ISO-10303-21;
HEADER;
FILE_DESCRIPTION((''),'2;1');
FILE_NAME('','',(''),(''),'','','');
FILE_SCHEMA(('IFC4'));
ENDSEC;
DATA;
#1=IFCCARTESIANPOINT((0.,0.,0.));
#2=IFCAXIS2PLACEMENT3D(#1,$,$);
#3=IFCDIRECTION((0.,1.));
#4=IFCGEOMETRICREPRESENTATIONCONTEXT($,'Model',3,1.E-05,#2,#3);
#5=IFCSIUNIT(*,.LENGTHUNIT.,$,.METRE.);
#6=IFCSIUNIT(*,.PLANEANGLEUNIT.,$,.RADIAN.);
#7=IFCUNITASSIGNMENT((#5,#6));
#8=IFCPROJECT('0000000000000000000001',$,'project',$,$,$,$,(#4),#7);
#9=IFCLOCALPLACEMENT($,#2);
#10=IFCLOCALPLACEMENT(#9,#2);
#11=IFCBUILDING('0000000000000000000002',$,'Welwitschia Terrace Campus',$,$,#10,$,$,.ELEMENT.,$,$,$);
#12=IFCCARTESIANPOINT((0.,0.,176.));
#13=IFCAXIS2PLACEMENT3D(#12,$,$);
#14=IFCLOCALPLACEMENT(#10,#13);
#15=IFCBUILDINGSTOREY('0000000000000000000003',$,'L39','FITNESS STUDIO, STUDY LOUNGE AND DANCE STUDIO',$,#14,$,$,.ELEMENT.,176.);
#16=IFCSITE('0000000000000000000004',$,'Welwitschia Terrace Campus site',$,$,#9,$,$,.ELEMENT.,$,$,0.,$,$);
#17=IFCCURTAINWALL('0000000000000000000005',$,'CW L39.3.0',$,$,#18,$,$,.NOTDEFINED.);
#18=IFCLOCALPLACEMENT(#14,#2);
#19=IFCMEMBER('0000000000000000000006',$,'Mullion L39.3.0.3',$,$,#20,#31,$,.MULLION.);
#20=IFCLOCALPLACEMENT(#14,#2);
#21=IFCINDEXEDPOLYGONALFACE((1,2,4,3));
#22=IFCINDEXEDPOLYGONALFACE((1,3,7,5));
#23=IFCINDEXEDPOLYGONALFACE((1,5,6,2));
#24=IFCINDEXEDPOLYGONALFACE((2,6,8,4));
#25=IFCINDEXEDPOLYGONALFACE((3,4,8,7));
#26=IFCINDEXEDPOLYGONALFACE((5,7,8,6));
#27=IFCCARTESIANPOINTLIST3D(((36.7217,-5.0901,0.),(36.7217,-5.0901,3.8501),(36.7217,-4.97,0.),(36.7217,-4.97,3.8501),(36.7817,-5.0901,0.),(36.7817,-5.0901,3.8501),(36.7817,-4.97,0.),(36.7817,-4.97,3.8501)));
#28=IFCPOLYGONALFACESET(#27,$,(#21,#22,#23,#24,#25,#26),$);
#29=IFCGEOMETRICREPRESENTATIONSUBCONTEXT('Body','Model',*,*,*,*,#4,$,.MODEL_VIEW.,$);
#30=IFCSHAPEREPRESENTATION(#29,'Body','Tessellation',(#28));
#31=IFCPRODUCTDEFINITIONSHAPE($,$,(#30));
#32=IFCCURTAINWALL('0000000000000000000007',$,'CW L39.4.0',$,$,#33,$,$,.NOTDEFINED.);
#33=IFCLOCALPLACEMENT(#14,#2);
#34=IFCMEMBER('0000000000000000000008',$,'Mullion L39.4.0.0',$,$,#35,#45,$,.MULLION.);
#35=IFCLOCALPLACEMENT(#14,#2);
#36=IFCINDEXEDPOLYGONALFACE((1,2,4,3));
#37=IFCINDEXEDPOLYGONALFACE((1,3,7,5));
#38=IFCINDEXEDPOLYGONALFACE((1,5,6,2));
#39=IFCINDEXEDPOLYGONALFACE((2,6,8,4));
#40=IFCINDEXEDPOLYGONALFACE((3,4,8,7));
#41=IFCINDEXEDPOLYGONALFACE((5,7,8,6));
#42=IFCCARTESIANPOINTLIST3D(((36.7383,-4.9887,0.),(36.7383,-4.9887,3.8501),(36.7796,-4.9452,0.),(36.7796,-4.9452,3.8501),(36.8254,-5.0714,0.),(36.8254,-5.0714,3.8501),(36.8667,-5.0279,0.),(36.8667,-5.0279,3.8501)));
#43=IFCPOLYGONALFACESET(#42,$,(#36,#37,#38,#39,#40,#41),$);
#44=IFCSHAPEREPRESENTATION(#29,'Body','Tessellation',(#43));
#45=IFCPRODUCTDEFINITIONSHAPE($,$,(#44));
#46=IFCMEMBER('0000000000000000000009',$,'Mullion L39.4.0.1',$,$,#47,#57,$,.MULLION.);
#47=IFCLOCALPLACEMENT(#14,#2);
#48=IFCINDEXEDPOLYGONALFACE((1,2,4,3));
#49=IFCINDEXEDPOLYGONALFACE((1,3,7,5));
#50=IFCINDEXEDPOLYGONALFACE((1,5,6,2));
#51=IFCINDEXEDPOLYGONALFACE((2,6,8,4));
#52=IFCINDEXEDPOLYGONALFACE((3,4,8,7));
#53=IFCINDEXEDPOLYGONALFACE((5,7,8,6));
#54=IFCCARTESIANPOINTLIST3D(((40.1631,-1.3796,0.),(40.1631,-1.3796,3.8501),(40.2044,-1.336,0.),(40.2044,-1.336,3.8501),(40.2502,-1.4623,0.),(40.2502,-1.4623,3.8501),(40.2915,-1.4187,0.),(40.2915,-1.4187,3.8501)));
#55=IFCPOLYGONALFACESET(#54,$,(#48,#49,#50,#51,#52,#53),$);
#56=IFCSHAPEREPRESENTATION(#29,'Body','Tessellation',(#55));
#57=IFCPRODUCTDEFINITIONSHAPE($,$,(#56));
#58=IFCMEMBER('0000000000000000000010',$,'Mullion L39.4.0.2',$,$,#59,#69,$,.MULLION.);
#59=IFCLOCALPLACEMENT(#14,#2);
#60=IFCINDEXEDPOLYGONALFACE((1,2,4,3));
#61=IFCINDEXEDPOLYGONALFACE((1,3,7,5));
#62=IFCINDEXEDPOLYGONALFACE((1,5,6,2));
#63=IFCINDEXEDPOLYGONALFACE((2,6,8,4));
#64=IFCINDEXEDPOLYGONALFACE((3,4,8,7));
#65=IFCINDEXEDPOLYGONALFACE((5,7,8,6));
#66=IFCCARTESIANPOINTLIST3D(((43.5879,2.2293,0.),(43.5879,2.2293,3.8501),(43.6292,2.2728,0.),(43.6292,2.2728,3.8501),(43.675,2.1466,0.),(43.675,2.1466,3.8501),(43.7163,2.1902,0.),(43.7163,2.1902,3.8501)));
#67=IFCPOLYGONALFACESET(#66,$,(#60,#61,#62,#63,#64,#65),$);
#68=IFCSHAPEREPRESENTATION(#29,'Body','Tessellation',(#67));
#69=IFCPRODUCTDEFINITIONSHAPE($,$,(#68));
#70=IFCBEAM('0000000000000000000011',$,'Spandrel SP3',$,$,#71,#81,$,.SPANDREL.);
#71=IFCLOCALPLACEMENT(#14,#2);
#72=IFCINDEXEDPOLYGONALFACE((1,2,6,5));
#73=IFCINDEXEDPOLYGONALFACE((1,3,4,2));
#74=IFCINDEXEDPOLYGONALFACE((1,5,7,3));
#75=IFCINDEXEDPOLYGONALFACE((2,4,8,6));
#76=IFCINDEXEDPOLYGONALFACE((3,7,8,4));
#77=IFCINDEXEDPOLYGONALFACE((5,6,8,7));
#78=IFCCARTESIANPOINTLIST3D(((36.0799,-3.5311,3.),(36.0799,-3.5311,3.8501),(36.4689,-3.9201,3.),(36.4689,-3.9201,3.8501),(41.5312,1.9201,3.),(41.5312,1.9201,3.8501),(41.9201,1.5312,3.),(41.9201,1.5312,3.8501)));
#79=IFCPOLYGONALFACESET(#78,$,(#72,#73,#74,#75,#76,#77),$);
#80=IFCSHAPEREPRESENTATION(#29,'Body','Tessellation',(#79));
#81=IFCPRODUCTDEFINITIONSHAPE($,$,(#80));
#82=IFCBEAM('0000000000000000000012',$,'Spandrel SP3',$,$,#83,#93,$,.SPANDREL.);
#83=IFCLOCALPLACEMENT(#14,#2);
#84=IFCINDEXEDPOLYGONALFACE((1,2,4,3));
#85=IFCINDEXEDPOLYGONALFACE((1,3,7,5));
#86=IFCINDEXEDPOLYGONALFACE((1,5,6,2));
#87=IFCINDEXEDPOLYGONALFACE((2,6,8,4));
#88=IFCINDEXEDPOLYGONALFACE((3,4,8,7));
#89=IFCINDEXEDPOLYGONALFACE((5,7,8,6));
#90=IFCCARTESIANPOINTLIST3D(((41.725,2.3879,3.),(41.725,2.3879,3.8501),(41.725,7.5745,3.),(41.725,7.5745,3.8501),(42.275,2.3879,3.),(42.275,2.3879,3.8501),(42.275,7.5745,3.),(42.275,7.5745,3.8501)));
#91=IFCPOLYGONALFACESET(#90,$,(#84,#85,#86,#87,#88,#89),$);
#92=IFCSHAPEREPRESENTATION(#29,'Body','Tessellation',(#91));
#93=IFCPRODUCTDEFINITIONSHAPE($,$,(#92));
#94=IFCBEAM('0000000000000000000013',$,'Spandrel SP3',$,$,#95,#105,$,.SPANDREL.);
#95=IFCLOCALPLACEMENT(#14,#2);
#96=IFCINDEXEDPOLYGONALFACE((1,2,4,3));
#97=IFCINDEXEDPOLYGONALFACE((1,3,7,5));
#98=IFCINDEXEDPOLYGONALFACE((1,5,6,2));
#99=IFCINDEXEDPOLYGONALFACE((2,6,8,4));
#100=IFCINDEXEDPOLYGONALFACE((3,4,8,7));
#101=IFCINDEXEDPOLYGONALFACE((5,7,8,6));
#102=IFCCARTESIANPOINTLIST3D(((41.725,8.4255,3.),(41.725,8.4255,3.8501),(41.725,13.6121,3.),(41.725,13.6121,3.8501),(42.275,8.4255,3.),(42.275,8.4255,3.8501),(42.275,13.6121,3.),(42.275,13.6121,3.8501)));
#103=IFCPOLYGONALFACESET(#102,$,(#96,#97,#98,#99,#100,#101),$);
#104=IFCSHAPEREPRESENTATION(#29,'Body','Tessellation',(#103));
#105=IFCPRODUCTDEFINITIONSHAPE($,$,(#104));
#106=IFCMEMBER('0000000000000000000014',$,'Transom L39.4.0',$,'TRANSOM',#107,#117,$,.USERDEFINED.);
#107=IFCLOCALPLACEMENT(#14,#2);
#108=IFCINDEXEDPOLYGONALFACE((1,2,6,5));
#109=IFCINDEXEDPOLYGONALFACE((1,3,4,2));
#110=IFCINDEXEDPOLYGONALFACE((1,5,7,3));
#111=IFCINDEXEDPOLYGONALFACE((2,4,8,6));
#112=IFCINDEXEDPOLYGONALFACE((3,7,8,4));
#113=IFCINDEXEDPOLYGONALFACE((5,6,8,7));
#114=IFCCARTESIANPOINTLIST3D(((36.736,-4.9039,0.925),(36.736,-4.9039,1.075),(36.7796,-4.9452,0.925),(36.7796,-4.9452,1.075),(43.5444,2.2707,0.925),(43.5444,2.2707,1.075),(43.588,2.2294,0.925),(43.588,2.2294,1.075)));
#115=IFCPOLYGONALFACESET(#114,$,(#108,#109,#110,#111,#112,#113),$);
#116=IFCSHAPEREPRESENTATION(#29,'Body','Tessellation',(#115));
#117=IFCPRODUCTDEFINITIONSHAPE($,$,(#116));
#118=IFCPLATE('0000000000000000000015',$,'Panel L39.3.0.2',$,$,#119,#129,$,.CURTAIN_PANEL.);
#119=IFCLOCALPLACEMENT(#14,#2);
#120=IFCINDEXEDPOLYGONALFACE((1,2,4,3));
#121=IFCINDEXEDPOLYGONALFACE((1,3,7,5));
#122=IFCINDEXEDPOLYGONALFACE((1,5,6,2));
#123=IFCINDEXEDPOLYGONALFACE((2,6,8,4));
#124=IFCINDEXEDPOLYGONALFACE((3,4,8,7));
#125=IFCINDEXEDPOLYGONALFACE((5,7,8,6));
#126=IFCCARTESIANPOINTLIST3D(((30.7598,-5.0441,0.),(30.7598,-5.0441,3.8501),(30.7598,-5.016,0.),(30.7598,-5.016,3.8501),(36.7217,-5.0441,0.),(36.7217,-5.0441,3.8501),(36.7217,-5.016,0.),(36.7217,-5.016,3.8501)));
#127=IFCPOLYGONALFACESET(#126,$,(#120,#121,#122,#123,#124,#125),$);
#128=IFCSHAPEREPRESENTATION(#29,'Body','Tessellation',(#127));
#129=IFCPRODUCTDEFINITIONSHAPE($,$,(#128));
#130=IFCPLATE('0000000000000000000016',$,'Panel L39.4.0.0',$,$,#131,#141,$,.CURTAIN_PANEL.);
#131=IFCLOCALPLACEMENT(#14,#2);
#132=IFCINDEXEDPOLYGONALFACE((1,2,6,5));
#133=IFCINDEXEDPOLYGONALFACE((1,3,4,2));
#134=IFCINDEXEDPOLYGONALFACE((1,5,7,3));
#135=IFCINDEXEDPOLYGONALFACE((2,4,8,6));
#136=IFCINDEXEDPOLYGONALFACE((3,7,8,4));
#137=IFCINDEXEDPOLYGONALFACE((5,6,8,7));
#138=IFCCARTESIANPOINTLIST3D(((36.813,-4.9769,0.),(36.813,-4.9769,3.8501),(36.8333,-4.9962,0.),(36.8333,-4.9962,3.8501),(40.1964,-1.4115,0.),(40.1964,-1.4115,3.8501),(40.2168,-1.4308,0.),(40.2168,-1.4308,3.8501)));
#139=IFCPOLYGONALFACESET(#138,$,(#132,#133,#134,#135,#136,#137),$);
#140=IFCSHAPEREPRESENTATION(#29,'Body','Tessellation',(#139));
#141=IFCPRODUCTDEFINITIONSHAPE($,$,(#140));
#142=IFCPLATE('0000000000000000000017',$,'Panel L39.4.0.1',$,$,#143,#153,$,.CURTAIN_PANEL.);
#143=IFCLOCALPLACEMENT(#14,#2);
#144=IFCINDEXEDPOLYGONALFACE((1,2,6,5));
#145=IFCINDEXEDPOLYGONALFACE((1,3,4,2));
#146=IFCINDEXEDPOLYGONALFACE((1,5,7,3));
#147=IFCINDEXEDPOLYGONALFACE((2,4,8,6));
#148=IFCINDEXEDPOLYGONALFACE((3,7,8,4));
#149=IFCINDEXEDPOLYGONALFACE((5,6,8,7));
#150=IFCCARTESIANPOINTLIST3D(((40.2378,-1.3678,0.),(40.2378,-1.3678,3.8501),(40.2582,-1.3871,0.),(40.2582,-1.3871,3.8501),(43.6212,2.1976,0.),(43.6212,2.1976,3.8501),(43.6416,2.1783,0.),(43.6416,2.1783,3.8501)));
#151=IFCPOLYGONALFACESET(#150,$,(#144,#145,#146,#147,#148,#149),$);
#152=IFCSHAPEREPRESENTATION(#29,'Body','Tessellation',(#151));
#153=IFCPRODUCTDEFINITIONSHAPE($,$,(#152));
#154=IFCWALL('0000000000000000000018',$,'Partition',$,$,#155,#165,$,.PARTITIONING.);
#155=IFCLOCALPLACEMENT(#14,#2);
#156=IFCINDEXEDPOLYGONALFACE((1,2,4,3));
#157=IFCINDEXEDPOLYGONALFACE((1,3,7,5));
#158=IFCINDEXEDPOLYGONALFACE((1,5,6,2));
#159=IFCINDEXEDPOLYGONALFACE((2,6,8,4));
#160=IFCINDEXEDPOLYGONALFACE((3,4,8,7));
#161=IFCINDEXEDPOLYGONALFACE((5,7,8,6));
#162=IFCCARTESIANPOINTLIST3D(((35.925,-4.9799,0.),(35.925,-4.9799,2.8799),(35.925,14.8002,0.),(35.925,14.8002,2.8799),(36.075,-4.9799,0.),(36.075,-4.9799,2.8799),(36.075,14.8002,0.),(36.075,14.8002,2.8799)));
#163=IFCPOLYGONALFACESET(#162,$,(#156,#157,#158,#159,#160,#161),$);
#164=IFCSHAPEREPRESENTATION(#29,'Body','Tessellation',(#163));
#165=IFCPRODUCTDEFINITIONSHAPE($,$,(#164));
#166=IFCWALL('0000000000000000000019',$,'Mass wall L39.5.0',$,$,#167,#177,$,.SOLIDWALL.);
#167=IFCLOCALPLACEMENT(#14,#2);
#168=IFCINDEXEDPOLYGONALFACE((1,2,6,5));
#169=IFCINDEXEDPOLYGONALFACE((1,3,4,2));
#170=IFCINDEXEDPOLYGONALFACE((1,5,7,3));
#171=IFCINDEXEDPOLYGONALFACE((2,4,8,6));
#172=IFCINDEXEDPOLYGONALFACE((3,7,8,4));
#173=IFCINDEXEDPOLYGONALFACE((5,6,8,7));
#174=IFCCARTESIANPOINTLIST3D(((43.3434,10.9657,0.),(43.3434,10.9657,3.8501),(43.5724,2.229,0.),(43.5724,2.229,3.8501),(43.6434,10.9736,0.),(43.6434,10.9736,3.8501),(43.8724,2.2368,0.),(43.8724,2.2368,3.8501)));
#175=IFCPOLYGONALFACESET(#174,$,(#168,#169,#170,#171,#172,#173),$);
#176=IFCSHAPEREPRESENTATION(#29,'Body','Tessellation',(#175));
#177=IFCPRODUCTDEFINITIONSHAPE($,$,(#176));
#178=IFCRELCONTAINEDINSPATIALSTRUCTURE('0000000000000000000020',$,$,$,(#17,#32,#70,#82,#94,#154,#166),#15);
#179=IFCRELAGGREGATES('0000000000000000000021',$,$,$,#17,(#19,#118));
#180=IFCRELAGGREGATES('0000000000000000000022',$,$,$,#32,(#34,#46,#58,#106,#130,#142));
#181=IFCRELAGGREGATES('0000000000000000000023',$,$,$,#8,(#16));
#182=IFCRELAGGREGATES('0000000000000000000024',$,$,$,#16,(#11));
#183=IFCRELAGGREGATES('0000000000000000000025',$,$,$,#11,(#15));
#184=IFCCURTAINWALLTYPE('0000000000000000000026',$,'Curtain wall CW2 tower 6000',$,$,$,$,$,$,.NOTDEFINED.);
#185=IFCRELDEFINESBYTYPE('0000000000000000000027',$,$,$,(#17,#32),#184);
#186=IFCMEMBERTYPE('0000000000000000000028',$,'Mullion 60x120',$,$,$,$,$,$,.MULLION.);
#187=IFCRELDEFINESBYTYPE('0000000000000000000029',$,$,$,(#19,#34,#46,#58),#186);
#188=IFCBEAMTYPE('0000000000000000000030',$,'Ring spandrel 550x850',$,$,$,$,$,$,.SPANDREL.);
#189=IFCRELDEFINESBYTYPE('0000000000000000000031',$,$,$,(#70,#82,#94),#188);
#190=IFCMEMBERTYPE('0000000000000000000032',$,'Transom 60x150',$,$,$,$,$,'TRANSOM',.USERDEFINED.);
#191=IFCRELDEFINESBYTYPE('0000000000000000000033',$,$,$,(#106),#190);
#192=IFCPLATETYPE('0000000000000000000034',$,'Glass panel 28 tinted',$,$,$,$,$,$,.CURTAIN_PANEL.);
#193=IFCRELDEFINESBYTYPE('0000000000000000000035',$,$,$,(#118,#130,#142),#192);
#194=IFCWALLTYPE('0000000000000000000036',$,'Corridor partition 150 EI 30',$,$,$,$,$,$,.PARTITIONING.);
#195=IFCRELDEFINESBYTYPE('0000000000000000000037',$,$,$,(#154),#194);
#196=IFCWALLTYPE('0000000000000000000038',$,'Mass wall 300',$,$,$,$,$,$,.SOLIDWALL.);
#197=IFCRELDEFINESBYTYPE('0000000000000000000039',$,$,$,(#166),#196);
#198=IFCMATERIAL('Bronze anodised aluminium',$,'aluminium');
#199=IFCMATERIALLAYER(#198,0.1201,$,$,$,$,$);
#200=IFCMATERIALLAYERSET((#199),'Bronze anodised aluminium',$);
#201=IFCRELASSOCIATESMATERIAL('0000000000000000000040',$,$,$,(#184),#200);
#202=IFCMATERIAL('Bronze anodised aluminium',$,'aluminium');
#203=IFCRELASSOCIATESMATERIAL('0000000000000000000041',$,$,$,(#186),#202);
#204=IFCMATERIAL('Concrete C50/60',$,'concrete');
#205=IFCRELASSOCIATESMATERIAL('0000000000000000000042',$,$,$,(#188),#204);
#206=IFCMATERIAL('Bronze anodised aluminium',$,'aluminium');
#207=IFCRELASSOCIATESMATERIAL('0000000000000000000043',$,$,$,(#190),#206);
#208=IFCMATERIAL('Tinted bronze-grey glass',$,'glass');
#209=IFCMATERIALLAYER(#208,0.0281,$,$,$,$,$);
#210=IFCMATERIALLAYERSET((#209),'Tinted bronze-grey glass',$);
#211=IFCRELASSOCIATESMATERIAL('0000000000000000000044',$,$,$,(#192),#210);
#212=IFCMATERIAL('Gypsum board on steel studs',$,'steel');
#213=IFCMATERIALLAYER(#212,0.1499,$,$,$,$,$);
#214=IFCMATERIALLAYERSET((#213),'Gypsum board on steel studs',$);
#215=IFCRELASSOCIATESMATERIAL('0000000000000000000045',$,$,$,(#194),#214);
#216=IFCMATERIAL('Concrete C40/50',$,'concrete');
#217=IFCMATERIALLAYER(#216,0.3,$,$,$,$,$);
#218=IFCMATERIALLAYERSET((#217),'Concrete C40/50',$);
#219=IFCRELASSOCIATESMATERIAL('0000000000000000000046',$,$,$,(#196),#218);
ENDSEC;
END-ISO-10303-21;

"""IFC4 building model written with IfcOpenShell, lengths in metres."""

from ifc_helpers import new_model, si_unit, direction, frame, frame_2d, origin, origin_2d, place, context, subcontext, project, spatial, rectangle, extrude, material, layer, layer_set, material_profile, profile_set, type_object, element, aggregate, save


model = new_model("IFC4")

# Units and contexts
model_context = context("Model", 3, precision=1e-05, world=origin(), true_north=direction((0.0, 1.0)))
body_context = subcontext(model_context, "Body", "Model", "MODEL_VIEW")
ifc_project = project(units=[si_unit("LENGTHUNIT", "METRE"), si_unit("PLANEANGLEUNIT", "RADIAN")], contexts=[model_context])

# Site, building, storey
site_placement = place(None, origin())
site = spatial("IfcSite", under=ifc_project, at=site_placement, Name="Welwitschia Terrace Campus site", CompositionType="ELEMENT", RefElevation=0.0)
building_placement = place(site_placement, origin())
building = spatial("IfcBuilding", under=site, at=building_placement, Name="Welwitschia Terrace Campus", CompositionType="ELEMENT")
storey_placement = place(building_placement, frame((0.0, 0.0, 176.0)))
storey = spatial("IfcBuildingStorey", under=building, at=storey_placement, Name="L39", Description="FITNESS STUDIO, STUDY LOUNGE AND DANCE STUDIO", CompositionType="ELEMENT", Elevation=176.0)

# Curtain walls, members
ifc_material_1 = material(Name="Bronze anodised aluminium", Category="aluminium")
ifc_layer_1 = layer(ifc_material_1, 0.1201)
ifc_layer_set_1 = layer_set([ifc_layer_1], Name="Bronze anodised aluminium")
curtain_wall_type = type_object("IfcCurtainWallType", Name="Curtain wall CW2 tower 6000", PredefinedType="NOTDEFINED", material=ifc_layer_set_1)
curtain_wall_1_placement = place(storey_placement, origin())
curtain_wall_1 = element("IfcCurtainWall", 1, at=curtain_wall_1_placement, inside=storey, type_object=curtain_wall_type, Name="CW L39.3.0", PredefinedType="NOTDEFINED")
ifc_material_2 = material(Name="Bronze anodised aluminium", Category="aluminium")
ifc_material_profile_1 = material_profile(ifc_material_2, rectangle(XDim=0.1201, YDim=0.0601, at=origin_2d()))
ifc_profile_set_1 = profile_set([ifc_material_profile_1], Name="Bronze anodised aluminium")
member_type_1 = type_object("IfcMemberType", Name="Mullion 60x120", PredefinedType="MULLION", material=ifc_profile_set_1)
member_1_placement = place(storey_placement, frame((36.7517, -5.03, 0.0), z_axis=(0.0, 0.0, 1.0), x_axis=(0.0, 1.0, 0.0)))
member_1 = element("IfcMember", 2, at=member_1_placement, type_object=member_type_1, Name="Mullion L39.3.0.3", PredefinedType="MULLION", context=body_context, shape_type="SweptSolid", body=[
    extrude(rectangle(XDim=0.1201, YDim=0.0601, at=origin_2d()), origin(), (0.0, 0.0, 1.0), 3.8501),
])
curtain_wall_2_placement = place(storey_placement, origin())
curtain_wall_2 = element("IfcCurtainWall", 3, at=curtain_wall_2_placement, inside=storey, type_object=curtain_wall_type, Name="CW L39.4.0", PredefinedType="NOTDEFINED")
member_2_placement = place(storey_placement, frame((36.8025, -5.0083, 0.0), z_axis=(0.0, 0.0, 1.0), x_axis=(-0.725374, 0.688355, 0.0)))
member_2 = element("IfcMember", 4, at=member_2_placement, type_object=member_type_1, Name="Mullion L39.4.0.0", PredefinedType="MULLION", context=body_context, shape_type="SweptSolid", body=[
    extrude(rectangle(XDim=0.1201, YDim=0.0601, at=origin_2d()), origin(), (0.0, 0.0, 1.0), 3.8501),
])
member_3_placement = place(storey_placement, frame((40.2273, -1.3992, 0.0), z_axis=(0.0, 0.0, 1.0), x_axis=(-0.725374, 0.688355, 0.0)))
member_3 = element("IfcMember", 5, at=member_3_placement, type_object=member_type_1, Name="Mullion L39.4.0.1", PredefinedType="MULLION", context=body_context, shape_type="SweptSolid", body=[
    extrude(rectangle(XDim=0.1201, YDim=0.0601, at=origin_2d()), origin(), (0.0, 0.0, 1.0), 3.8501),
])
member_4_placement = place(storey_placement, frame((43.6521, 2.2097, 0.0), z_axis=(0.0, 0.0, 1.0), x_axis=(-0.725374, 0.688355, 0.0)))
member_4 = element("IfcMember", 6, at=member_4_placement, type_object=member_type_1, Name="Mullion L39.4.0.2", PredefinedType="MULLION", context=body_context, shape_type="SweptSolid", body=[
    extrude(rectangle(XDim=0.1201, YDim=0.0601, at=origin_2d()), origin(), (0.0, 0.0, 1.0), 3.8501),
])

# Beams
ifc_material_3 = material(Name="Concrete C50/60", Category="concrete")
ifc_material_profile_2 = material_profile(ifc_material_3, rectangle(XDim=0.55, YDim=0.8501, at=origin_2d()))
ifc_profile_set_2 = profile_set([ifc_material_profile_2], Name="Concrete C50/60")
beam_type_1 = type_object("IfcBeamType", Name="Ring spandrel 550x850", PredefinedType="SPANDREL", material=ifc_profile_set_2)
beam_1_placement = place(storey_placement, frame((36.2744, -3.7256, 3.425), z_axis=(0.707107, 0.707107, 0.0), x_axis=(-0.707107, 0.707107, 0.0)))
element("IfcBeam", 7, at=beam_1_placement, inside=storey, type_object=beam_type_1, Name="Spandrel SP3", PredefinedType="SPANDREL", context=body_context, shape_type="SweptSolid", body=[
    extrude(rectangle(XDim=0.55, YDim=0.8501, at=origin_2d()), origin(), (0.0, 0.0, 1.0), 7.7092),
])
for number, where, z_axis, x_axis, name in (
    (8, (42.0, 2.3879, 3.425), (0.0, 1.0, 0.0), (-1.0, 0.0, 0.0), "Spandrel SP3"),
    (9, (42.0, 8.4255, 3.425), (0.0, 1.0, 0.0), (-1.0, 0.0, 0.0), "Spandrel SP3"),
):
    element("IfcBeam", number, at=place(storey_placement, frame(where, z_axis=z_axis, x_axis=x_axis)), inside=storey, type_object=beam_type_1, Name=name, PredefinedType="SPANDREL", context=body_context, shape_type="SweptSolid", body=[
        extrude(rectangle(XDim=0.55, YDim=0.8501, at=origin_2d()), origin(), (0.0, 0.0, 1.0), 5.1865),
    ])

# Member
ifc_material_4 = material(Name="Bronze anodised aluminium", Category="aluminium")
ifc_material_profile_3 = material_profile(ifc_material_4, rectangle(XDim=0.0601, YDim=0.1499, at=origin_2d()))
ifc_profile_set_3 = profile_set([ifc_material_profile_3], Name="Bronze anodised aluminium")
member_type_2 = type_object("IfcMemberType", Name="Transom 60x150", ElementType="TRANSOM", PredefinedType="USERDEFINED", material=ifc_profile_set_3)
member_5_placement = place(storey_placement, frame((36.7578, -4.9246, 1.0), z_axis=(0.688352, 0.725377, 0.0), x_axis=(-0.725377, 0.688352, 0.0)))
member_5 = element("IfcMember", 10, at=member_5_placement, type_object=member_type_2, Name="Transom L39.4.0", ObjectType="TRANSOM", PredefinedType="USERDEFINED", context=body_context, shape_type="SweptSolid", body=[
    extrude(rectangle(XDim=0.0601, YDim=0.1499, at=origin_2d()), origin(), (0.0, 0.0, 1.0), 9.8909),
])

# Plates
ifc_material_5 = material(Name="Tinted bronze-grey glass", Category="glass")
ifc_layer_2 = layer(ifc_material_5, 0.0281)
ifc_layer_set_2 = layer_set([ifc_layer_2], Name="Tinted bronze-grey glass")
plate_type = type_object("IfcPlateType", Name="Glass panel 28 tinted", PredefinedType="CURTAIN_PANEL", material=ifc_layer_set_2)
plate_1_placement = place(storey_placement, frame((33.7407, -5.03, 0.0), z_axis=(0.0, 0.0, 1.0), x_axis=(1.0, 0.0, 0.0)))
plate_1 = element("IfcPlate", 11, at=plate_1_placement, type_object=plate_type, Name="Panel L39.3.0.2", PredefinedType="CURTAIN_PANEL", context=body_context, shape_type="SweptSolid", body=[
    extrude(rectangle(XDim=5.9619, YDim=0.0281, at=origin_2d()), origin(), (0.0, 0.0, 1.0), 3.8501),
])
aggregate(curtain_wall_1, [member_1, plate_1])
plate_2_placement = place(storey_placement, frame((38.5149, -3.2039, 0.0), z_axis=(0.0, 0.0, 1.0), x_axis=(0.688355, 0.725374, 0.0)))
plate_2 = element("IfcPlate", 12, at=plate_2_placement, type_object=plate_type, Name="Panel L39.4.0.0", PredefinedType="CURTAIN_PANEL", context=body_context, shape_type="SweptSolid", body=[
    extrude(rectangle(XDim=4.9153, YDim=0.0281, at=origin_2d()), origin(), (0.0, 0.0, 1.0), 3.8501),
])
plate_3_placement = place(storey_placement, frame((41.9397, 0.4053, 0.0), z_axis=(0.0, 0.0, 1.0), x_axis=(0.688355, 0.725374, 0.0)))
plate_3 = element("IfcPlate", 13, at=plate_3_placement, type_object=plate_type, Name="Panel L39.4.0.1", PredefinedType="CURTAIN_PANEL", context=body_context, shape_type="SweptSolid", body=[
    extrude(rectangle(XDim=4.9153, YDim=0.0281, at=origin_2d()), origin(), (0.0, 0.0, 1.0), 3.8501),
])
aggregate(curtain_wall_2, [member_2, member_3, member_4, member_5, plate_2, plate_3])

# Walls
ifc_material_6 = material(Name="Gypsum board on steel studs", Category="steel")
ifc_layer_3 = layer(ifc_material_6, 0.1499)
ifc_layer_set_3 = layer_set([ifc_layer_3], Name="Gypsum board on steel studs")
wall_type_1 = type_object("IfcWallType", Name="Corridor partition 150 EI 30", PredefinedType="PARTITIONING", material=ifc_layer_set_3)
wall_1_placement = place(storey_placement, frame((36.0, -4.98, 0.0), z_axis=(0.0, 0.0, 1.0), x_axis=(0.0, 1.0, 0.0)))
element("IfcWall", 14, at=wall_1_placement, inside=storey, type_object=wall_type_1, Name="Partition", PredefinedType="PARTITIONING", context=body_context, shape_type="SweptSolid", body=[
    extrude(rectangle(XDim=19.78, YDim=0.1499, at=frame_2d((9.8901, 0.0))), origin(), (0.0, 0.0, 1.0), 2.8799),
])
ifc_material_7 = material(Name="Concrete C40/50", Category="concrete")
ifc_layer_4 = layer(ifc_material_7, 0.3)
ifc_layer_set_4 = layer_set([ifc_layer_4], Name="Concrete C40/50")
wall_type_2 = type_object("IfcWallType", Name="Mass wall 300", PredefinedType="SOLIDWALL", material=ifc_layer_set_4)
wall_2_placement = place(storey_placement, frame((43.7224, 2.2329, 0.0), z_axis=(0.0, 0.0, 1.0), x_axis=(-0.026202, 0.999657, 0.0)))
element("IfcWall", 15, at=wall_2_placement, inside=storey, type_object=wall_type_2, Name="Mass wall L39.5.0", PredefinedType="SOLIDWALL", context=body_context, shape_type="SweptSolid", body=[
    extrude(rectangle(XDim=8.7397, YDim=0.3, at=frame_2d((4.3699, 0.0))), origin(), (0.0, 0.0, 1.0), 3.8501),
])

save(model, "model.ifc")
